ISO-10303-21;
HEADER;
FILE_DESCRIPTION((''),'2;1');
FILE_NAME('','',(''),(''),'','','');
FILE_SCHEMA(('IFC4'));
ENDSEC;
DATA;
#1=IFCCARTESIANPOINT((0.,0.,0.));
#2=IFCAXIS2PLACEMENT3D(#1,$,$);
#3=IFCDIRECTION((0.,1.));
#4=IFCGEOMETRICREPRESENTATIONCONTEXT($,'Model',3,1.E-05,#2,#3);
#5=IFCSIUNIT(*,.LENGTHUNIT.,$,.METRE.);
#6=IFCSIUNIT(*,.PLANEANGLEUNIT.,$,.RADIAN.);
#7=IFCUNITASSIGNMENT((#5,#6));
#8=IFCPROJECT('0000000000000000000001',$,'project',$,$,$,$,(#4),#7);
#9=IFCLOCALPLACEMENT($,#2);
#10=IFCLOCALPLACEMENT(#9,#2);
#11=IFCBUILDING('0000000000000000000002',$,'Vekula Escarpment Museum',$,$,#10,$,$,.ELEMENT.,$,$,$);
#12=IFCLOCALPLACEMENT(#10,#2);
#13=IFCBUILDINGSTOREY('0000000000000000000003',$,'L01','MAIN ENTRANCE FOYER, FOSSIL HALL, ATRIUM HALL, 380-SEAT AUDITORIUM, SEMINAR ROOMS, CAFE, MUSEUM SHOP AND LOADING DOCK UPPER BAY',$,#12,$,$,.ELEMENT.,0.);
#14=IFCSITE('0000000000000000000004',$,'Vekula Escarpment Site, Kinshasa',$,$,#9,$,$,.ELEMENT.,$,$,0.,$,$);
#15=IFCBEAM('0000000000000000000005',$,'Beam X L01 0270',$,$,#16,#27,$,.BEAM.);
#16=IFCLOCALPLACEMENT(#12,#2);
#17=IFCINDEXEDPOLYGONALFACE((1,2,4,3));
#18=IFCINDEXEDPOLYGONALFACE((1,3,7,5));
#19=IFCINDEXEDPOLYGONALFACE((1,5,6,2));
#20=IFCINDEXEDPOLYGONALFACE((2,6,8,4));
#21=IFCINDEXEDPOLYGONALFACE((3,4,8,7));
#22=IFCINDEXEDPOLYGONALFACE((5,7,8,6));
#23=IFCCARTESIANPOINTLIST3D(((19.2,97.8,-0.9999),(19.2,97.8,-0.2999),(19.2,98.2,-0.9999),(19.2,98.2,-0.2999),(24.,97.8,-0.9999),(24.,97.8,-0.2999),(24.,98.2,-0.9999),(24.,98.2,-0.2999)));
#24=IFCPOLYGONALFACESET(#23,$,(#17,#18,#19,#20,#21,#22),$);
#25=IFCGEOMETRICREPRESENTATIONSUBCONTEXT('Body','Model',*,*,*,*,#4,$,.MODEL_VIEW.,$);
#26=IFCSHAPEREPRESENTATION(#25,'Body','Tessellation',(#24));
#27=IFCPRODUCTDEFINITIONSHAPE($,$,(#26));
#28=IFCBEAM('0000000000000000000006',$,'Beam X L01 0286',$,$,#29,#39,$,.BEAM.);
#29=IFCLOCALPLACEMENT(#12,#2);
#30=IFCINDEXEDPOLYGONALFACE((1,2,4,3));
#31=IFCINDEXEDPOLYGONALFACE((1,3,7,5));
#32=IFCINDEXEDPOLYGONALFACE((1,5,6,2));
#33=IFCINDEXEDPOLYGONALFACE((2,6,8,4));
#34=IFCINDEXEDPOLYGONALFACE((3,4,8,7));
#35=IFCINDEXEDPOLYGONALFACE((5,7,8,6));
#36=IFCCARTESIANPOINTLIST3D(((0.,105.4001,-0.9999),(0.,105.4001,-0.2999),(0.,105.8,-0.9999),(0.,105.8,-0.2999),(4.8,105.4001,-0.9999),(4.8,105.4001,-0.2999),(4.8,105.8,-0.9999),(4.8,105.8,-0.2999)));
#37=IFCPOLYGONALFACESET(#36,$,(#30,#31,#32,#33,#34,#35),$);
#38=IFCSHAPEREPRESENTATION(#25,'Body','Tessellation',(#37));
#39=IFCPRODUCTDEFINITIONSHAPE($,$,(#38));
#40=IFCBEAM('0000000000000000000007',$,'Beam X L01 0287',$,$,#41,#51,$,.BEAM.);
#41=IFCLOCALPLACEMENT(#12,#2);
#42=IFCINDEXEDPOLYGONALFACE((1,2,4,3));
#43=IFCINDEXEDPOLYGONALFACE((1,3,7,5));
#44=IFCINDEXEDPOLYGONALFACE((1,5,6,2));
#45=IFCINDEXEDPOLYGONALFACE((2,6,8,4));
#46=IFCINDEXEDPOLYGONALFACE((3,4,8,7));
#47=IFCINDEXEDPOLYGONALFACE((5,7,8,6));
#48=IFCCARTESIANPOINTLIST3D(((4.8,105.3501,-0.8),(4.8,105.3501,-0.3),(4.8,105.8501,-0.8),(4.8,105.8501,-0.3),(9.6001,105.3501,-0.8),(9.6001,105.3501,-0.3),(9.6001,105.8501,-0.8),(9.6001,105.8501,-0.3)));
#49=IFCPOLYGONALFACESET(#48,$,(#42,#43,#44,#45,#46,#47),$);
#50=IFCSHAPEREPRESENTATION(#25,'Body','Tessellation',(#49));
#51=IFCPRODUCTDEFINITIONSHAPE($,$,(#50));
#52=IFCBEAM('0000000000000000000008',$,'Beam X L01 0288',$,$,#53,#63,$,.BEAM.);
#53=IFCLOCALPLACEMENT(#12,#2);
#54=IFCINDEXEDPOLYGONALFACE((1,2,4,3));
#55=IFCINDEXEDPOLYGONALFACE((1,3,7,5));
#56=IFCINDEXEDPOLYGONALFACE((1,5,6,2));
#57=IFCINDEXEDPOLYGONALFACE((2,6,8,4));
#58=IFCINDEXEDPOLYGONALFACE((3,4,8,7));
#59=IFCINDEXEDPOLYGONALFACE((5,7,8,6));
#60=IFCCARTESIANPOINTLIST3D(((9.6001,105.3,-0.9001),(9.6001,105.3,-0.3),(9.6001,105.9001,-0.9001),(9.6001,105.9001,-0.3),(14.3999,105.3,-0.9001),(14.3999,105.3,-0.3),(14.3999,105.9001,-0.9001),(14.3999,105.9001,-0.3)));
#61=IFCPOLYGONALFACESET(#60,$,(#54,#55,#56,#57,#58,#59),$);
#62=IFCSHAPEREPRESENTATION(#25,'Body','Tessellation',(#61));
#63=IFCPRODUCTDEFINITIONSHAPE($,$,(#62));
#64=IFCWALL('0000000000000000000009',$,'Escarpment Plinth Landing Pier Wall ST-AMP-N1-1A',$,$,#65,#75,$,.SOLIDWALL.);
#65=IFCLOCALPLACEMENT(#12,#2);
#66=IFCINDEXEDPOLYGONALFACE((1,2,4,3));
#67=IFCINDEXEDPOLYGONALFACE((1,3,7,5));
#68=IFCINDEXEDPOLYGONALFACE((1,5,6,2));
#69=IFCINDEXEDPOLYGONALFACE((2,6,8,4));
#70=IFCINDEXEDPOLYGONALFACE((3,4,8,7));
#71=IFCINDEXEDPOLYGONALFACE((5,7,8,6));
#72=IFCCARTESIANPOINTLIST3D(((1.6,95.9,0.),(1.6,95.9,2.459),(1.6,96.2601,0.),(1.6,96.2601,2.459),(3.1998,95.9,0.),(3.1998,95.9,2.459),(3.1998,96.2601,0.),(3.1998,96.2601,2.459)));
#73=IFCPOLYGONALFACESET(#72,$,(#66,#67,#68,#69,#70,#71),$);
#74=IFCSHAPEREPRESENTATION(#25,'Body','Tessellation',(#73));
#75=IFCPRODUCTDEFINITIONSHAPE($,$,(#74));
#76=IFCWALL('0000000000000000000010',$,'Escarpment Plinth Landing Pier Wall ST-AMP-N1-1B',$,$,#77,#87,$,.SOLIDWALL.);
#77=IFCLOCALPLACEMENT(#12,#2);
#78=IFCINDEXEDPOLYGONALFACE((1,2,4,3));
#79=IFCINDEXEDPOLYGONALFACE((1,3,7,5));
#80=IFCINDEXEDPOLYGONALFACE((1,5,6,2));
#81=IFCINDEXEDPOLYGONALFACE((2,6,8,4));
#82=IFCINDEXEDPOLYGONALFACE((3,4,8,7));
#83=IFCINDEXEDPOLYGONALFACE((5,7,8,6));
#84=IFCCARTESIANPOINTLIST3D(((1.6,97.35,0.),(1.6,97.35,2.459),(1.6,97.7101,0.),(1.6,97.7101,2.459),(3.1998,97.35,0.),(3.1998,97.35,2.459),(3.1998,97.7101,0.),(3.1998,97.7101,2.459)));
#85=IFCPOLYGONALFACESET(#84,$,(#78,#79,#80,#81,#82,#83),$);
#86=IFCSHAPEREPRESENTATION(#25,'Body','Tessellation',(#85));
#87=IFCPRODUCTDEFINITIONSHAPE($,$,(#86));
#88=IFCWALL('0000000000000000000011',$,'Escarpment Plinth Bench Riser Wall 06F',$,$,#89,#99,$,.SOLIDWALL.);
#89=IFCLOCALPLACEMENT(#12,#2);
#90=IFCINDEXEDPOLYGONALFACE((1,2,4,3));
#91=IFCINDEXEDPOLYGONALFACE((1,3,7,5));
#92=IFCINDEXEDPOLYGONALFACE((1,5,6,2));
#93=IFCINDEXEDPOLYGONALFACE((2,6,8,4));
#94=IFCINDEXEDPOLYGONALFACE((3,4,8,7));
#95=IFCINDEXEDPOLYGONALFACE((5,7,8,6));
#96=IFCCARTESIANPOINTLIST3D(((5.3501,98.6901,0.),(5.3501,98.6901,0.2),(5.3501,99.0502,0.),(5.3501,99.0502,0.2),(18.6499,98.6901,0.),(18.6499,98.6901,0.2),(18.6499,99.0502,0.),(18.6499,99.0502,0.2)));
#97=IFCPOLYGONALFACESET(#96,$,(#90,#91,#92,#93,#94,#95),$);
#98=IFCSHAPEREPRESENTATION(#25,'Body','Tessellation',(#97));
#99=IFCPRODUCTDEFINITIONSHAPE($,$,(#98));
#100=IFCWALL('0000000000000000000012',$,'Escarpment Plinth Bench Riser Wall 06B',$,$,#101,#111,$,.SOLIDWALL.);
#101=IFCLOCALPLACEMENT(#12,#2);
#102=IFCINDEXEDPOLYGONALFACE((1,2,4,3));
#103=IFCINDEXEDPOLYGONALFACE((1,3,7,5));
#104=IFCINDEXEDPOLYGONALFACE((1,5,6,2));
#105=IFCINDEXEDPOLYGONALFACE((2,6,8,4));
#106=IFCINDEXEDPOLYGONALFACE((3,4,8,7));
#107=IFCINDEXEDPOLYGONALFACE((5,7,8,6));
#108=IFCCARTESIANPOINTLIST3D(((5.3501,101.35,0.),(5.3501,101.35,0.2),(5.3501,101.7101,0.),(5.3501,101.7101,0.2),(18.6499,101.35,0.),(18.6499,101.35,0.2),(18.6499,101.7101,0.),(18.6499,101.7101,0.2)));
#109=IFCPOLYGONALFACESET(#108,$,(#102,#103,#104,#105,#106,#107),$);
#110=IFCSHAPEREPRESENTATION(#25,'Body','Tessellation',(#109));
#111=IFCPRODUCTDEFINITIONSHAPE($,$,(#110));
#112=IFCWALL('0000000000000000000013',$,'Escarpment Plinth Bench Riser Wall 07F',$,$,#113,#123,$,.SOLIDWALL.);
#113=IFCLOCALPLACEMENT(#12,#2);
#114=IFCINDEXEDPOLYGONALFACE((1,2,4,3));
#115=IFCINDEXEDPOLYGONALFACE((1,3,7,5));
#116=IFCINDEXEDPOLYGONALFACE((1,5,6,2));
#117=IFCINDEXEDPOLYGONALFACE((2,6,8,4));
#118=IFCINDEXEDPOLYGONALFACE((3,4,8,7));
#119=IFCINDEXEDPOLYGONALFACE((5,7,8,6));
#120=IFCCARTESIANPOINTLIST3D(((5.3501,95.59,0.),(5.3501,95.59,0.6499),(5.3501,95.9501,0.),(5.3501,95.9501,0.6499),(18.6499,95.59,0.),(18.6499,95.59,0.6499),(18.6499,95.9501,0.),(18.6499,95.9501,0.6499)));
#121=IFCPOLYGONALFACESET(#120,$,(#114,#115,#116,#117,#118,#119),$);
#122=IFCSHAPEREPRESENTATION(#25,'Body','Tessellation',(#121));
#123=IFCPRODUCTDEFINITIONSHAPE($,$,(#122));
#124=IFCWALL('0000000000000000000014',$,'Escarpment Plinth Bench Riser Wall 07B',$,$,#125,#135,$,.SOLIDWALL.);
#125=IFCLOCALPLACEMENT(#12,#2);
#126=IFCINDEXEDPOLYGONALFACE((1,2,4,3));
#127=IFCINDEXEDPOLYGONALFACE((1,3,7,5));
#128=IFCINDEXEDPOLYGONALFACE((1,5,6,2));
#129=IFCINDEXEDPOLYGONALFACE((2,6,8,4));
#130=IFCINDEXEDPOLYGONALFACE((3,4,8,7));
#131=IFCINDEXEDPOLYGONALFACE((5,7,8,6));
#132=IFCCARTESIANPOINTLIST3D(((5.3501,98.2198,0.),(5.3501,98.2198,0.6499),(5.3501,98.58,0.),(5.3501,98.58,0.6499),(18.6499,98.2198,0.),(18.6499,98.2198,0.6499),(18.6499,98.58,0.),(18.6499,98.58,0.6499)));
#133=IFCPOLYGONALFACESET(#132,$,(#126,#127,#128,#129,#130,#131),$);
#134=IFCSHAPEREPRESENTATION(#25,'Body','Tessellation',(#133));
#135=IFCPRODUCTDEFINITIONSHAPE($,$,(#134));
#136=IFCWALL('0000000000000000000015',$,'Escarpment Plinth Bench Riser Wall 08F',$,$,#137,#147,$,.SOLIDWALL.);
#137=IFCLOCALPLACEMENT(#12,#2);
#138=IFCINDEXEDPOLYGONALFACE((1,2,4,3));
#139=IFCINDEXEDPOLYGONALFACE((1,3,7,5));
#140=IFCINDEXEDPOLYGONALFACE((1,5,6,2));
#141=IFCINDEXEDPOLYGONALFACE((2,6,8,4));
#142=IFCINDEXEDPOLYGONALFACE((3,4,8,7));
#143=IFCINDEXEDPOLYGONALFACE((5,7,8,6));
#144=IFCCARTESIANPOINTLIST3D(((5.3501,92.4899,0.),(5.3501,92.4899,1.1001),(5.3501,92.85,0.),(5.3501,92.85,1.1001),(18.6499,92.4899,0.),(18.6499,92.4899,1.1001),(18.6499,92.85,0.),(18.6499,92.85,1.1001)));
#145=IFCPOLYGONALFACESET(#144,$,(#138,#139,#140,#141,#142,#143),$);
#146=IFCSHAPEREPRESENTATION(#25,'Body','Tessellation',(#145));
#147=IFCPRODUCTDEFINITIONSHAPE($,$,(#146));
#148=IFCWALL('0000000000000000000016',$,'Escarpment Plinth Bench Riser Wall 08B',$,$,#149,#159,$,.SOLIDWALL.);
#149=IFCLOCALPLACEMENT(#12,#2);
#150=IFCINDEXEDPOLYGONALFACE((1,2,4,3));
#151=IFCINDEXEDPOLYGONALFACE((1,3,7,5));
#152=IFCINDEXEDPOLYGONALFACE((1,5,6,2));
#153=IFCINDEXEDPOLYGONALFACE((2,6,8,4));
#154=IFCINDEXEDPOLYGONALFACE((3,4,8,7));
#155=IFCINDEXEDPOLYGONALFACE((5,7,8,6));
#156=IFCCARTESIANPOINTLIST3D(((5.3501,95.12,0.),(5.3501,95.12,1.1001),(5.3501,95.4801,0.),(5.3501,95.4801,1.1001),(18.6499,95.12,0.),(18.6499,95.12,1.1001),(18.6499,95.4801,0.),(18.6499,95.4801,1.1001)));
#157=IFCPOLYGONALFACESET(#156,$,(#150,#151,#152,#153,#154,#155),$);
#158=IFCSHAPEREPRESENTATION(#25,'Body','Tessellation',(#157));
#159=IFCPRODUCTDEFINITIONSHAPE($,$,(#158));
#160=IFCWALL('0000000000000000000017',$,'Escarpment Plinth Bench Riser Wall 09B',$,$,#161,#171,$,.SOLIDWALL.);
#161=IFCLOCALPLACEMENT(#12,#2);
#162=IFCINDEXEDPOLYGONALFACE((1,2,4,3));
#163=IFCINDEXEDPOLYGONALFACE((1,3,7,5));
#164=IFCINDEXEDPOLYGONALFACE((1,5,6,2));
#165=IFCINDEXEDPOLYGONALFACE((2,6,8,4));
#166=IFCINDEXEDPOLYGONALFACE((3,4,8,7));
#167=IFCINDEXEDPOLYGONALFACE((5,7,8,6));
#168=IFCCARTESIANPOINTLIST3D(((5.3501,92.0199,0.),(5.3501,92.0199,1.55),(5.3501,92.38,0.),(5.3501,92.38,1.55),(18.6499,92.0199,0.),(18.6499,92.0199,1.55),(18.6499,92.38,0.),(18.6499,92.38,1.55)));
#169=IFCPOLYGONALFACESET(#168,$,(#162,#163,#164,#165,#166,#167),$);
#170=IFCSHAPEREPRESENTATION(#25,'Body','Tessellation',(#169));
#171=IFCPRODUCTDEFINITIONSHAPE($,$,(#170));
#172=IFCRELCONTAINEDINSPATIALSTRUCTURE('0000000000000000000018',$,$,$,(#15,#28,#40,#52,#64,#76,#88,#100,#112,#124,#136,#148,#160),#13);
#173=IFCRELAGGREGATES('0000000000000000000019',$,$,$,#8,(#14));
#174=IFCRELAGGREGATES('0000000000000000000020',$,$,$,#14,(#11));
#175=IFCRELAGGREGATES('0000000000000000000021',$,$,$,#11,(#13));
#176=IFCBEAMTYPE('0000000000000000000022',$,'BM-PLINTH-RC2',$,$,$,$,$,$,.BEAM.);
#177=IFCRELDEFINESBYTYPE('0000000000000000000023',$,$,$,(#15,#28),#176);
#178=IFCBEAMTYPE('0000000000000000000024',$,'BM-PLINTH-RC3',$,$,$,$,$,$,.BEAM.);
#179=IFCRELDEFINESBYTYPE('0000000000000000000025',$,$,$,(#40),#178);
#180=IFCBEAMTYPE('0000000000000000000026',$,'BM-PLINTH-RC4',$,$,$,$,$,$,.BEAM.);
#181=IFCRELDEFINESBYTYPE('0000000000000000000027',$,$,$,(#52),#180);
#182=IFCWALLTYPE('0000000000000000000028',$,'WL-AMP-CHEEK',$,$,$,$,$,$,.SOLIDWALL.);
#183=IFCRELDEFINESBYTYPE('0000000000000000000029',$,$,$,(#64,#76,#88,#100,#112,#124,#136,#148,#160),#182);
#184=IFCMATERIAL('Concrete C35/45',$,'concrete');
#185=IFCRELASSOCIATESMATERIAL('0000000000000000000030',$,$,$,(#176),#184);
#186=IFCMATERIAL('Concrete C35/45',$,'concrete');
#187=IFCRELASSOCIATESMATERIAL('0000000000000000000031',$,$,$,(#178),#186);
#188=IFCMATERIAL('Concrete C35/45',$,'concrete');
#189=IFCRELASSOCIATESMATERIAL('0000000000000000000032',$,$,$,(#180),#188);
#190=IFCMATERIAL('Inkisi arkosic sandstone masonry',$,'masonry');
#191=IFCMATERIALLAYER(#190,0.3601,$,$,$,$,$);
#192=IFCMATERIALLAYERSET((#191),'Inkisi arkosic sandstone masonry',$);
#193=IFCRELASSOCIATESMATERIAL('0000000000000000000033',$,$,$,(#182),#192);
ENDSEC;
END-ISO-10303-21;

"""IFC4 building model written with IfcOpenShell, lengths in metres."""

from ifc_helpers import new_model, si_unit, direction, frame, frame_2d, origin, origin_2d, place, context, subcontext, project, spatial, rectangle, extrude, material, layer, layer_set, material_profile, profile_set, type_object, element, save


model = new_model("IFC4")

# Units and contexts
model_context = context("Model", 3, precision=1e-05, world=origin(), true_north=direction((0.0, 1.0)))
body_context = subcontext(model_context, "Body", "Model", "MODEL_VIEW")
ifc_project = project(units=[si_unit("LENGTHUNIT", "METRE"), si_unit("PLANEANGLEUNIT", "RADIAN")], contexts=[model_context])

# Site, building, storey
site_placement = place(None, origin())
site = spatial("IfcSite", under=ifc_project, at=site_placement, Name="Vekula Escarpment Site, Kinshasa", CompositionType="ELEMENT", RefElevation=0.0)
building_placement = place(site_placement, origin())
building = spatial("IfcBuilding", under=site, at=building_placement, Name="Vekula Escarpment Museum", CompositionType="ELEMENT")
storey_placement = place(building_placement, origin())
storey = spatial("IfcBuildingStorey", under=building, at=storey_placement, Name="L01", Description="MAIN ENTRANCE FOYER, FOSSIL HALL, ATRIUM HALL, 380-SEAT AUDITORIUM, SEMINAR ROOMS, CAFE, MUSEUM SHOP AND LOADING DOCK UPPER BAY", CompositionType="ELEMENT", Elevation=0.0)

# Beams
ifc_material_1 = material(Name="Concrete C35/45", Category="concrete")
ifc_material_profile_1 = material_profile(ifc_material_1, rectangle(XDim=0.3999, YDim=0.7, at=origin_2d()), Name="RC 400x700")
ifc_profile_set_1 = profile_set([ifc_material_profile_1], Name="Concrete C35/45")
beam_type_1 = type_object("IfcBeamType", Name="BM-PLINTH-RC2", PredefinedType="BEAM", material=ifc_profile_set_1)
for number, where, z_axis, x_axis, name in (
    (1, (19.2, 98.0, -0.6499), (1.0, 0.0, 0.0), (0.0, 1.0, 0.0), "Beam X L01 0270"),
    (2, (0.0, 105.6001, -0.6499), (1.0, 0.0, 0.0), (0.0, 1.0, 0.0), "Beam X L01 0286"),
):
    element("IfcBeam", number, at=place(storey_placement, frame(where, z_axis=z_axis, x_axis=x_axis)), inside=storey, type_object=beam_type_1, Name=name, PredefinedType="BEAM", context=body_context, shape_type="SweptSolid", body=[
        extrude(rectangle(XDim=0.3999, YDim=0.7, at=origin_2d()), origin(), (0.0, 0.0, 1.0), 4.8),
    ])
ifc_material_2 = material(Name="Concrete C35/45", Category="concrete")
ifc_material_profile_2 = material_profile(ifc_material_2, rectangle(XDim=0.5, YDim=0.5, at=origin_2d()), Name="RC 500x500")
ifc_profile_set_2 = profile_set([ifc_material_profile_2], Name="Concrete C35/45")
beam_type_2 = type_object("IfcBeamType", Name="BM-PLINTH-RC3", PredefinedType="BEAM", material=ifc_profile_set_2)
beam_1_placement = place(storey_placement, frame((4.8, 105.6001, -0.55), z_axis=(1.0, 0.0, 0.0), x_axis=(0.0, 1.0, 0.0)))
element("IfcBeam", 3, at=beam_1_placement, inside=storey, type_object=beam_type_2, Name="Beam X L01 0287", PredefinedType="BEAM", context=body_context, shape_type="SweptSolid", body=[
    extrude(rectangle(XDim=0.5, YDim=0.5, at=origin_2d()), origin(), (0.0, 0.0, 1.0), 4.8),
])
ifc_material_3 = material(Name="Concrete C35/45", Category="concrete")
ifc_material_profile_3 = material_profile(ifc_material_3, rectangle(XDim=0.6001, YDim=0.6001, at=origin_2d()), Name="RC 600x600")
ifc_profile_set_3 = profile_set([ifc_material_profile_3], Name="Concrete C35/45")
beam_type_3 = type_object("IfcBeamType", Name="BM-PLINTH-RC4", PredefinedType="BEAM", material=ifc_profile_set_3)
beam_2_placement = place(storey_placement, frame((9.6001, 105.6001, -0.6001), z_axis=(1.0, 0.0, 0.0), x_axis=(0.0, 1.0, 0.0)))
element("IfcBeam", 4, at=beam_2_placement, inside=storey, type_object=beam_type_3, Name="Beam X L01 0288", PredefinedType="BEAM", context=body_context, shape_type="SweptSolid", body=[
    extrude(rectangle(XDim=0.6001, YDim=0.6001, at=origin_2d()), origin(), (0.0, 0.0, 1.0), 4.7998),
])

# Walls
ifc_material_4 = material(Name="Inkisi arkosic sandstone masonry", Category="masonry")
ifc_layer = layer(ifc_material_4, 0.3601)
ifc_layer_set = layer_set([ifc_layer], Name="Inkisi arkosic sandstone masonry")
wall_type = type_object("IfcWallType", Name="WL-AMP-CHEEK", PredefinedType="SOLIDWALL", material=ifc_layer_set)
for number, where, z_axis, x_axis, name in (
    (5, (1.6001, 96.0801, 0.0), (0.0, 0.0, 1.0), (1.0, 0.0, 0.0), "Escarpment Plinth Landing Pier Wall ST-AMP-N1-1A"),
    (6, (1.6001, 97.53, 0.0), (0.0, 0.0, 1.0), (1.0, 0.0, 0.0), "Escarpment Plinth Landing Pier Wall ST-AMP-N1-1B"),
):
    element("IfcWall", number, at=place(storey_placement, frame(where, z_axis=z_axis, x_axis=x_axis)), inside=storey, type_object=wall_type, Name=name, PredefinedType="SOLIDWALL", context=body_context, shape_type="SweptSolid", body=[
        extrude(rectangle(XDim=1.5999, YDim=0.3601, at=frame_2d((0.7998, 0.0))), origin(), (0.0, 0.0, 1.0), 2.459),
    ])
for number, where, z_axis, x_axis, name in (
    (7, (5.3501, 98.8701, 0.0), (0.0, 0.0, 1.0), (1.0, 0.0, 0.0), "Escarpment Plinth Bench Riser Wall 06F"),
    (8, (5.3501, 101.53, 0.0), (0.0, 0.0, 1.0), (1.0, 0.0, 0.0), "Escarpment Plinth Bench Riser Wall 06B"),
):
    element("IfcWall", number, at=place(storey_placement, frame(where, z_axis=z_axis, x_axis=x_axis)), inside=storey, type_object=wall_type, Name=name, PredefinedType="SOLIDWALL", context=body_context, shape_type="SweptSolid", body=[
        extrude(rectangle(XDim=13.2998, YDim=0.3601, at=frame_2d((6.6499, 0.0))), origin(), (0.0, 0.0, 1.0), 0.2),
    ])
for number, where, z_axis, x_axis, name in (
    (9, (5.3501, 95.77, 0.0), (0.0, 0.0, 1.0), (1.0, 0.0, 0.0), "Escarpment Plinth Bench Riser Wall 07F"),
    (10, (5.3501, 98.3999, 0.0), (0.0, 0.0, 1.0), (1.0, 0.0, 0.0), "Escarpment Plinth Bench Riser Wall 07B"),
):
    element("IfcWall", number, at=place(storey_placement, frame(where, z_axis=z_axis, x_axis=x_axis)), inside=storey, type_object=wall_type, Name=name, PredefinedType="SOLIDWALL", context=body_context, shape_type="SweptSolid", body=[
        extrude(rectangle(XDim=13.2998, YDim=0.3601, at=frame_2d((6.6499, 0.0))), origin(), (0.0, 0.0, 1.0), 0.6499),
    ])
for number, where, z_axis, x_axis, name in (
    (11, (5.3501, 92.6699, 0.0), (0.0, 0.0, 1.0), (1.0, 0.0, 0.0), "Escarpment Plinth Bench Riser Wall 08F"),
    (12, (5.3501, 95.3, 0.0), (0.0, 0.0, 1.0), (1.0, 0.0, 0.0), "Escarpment Plinth Bench Riser Wall 08B"),
):
    element("IfcWall", number, at=place(storey_placement, frame(where, z_axis=z_axis, x_axis=x_axis)), inside=storey, type_object=wall_type, Name=name, PredefinedType="SOLIDWALL", context=body_context, shape_type="SweptSolid", body=[
        extrude(rectangle(XDim=13.2998, YDim=0.3601, at=frame_2d((6.6499, 0.0))), origin(), (0.0, 0.0, 1.0), 1.1001),
    ])
wall_placement = place(storey_placement, frame((5.3501, 92.2, 0.0), z_axis=(0.0, 0.0, 1.0), x_axis=(1.0, 0.0, 0.0)))
element("IfcWall", 13, at=wall_placement, inside=storey, type_object=wall_type, Name="Escarpment Plinth Bench Riser Wall 09B", PredefinedType="SOLIDWALL", context=body_context, shape_type="SweptSolid", body=[
    extrude(rectangle(XDim=13.2998, YDim=0.3601, at=frame_2d((6.6499, 0.0))), origin(), (0.0, 0.0, 1.0), 1.55),
])

save(model, "model.ifc")
